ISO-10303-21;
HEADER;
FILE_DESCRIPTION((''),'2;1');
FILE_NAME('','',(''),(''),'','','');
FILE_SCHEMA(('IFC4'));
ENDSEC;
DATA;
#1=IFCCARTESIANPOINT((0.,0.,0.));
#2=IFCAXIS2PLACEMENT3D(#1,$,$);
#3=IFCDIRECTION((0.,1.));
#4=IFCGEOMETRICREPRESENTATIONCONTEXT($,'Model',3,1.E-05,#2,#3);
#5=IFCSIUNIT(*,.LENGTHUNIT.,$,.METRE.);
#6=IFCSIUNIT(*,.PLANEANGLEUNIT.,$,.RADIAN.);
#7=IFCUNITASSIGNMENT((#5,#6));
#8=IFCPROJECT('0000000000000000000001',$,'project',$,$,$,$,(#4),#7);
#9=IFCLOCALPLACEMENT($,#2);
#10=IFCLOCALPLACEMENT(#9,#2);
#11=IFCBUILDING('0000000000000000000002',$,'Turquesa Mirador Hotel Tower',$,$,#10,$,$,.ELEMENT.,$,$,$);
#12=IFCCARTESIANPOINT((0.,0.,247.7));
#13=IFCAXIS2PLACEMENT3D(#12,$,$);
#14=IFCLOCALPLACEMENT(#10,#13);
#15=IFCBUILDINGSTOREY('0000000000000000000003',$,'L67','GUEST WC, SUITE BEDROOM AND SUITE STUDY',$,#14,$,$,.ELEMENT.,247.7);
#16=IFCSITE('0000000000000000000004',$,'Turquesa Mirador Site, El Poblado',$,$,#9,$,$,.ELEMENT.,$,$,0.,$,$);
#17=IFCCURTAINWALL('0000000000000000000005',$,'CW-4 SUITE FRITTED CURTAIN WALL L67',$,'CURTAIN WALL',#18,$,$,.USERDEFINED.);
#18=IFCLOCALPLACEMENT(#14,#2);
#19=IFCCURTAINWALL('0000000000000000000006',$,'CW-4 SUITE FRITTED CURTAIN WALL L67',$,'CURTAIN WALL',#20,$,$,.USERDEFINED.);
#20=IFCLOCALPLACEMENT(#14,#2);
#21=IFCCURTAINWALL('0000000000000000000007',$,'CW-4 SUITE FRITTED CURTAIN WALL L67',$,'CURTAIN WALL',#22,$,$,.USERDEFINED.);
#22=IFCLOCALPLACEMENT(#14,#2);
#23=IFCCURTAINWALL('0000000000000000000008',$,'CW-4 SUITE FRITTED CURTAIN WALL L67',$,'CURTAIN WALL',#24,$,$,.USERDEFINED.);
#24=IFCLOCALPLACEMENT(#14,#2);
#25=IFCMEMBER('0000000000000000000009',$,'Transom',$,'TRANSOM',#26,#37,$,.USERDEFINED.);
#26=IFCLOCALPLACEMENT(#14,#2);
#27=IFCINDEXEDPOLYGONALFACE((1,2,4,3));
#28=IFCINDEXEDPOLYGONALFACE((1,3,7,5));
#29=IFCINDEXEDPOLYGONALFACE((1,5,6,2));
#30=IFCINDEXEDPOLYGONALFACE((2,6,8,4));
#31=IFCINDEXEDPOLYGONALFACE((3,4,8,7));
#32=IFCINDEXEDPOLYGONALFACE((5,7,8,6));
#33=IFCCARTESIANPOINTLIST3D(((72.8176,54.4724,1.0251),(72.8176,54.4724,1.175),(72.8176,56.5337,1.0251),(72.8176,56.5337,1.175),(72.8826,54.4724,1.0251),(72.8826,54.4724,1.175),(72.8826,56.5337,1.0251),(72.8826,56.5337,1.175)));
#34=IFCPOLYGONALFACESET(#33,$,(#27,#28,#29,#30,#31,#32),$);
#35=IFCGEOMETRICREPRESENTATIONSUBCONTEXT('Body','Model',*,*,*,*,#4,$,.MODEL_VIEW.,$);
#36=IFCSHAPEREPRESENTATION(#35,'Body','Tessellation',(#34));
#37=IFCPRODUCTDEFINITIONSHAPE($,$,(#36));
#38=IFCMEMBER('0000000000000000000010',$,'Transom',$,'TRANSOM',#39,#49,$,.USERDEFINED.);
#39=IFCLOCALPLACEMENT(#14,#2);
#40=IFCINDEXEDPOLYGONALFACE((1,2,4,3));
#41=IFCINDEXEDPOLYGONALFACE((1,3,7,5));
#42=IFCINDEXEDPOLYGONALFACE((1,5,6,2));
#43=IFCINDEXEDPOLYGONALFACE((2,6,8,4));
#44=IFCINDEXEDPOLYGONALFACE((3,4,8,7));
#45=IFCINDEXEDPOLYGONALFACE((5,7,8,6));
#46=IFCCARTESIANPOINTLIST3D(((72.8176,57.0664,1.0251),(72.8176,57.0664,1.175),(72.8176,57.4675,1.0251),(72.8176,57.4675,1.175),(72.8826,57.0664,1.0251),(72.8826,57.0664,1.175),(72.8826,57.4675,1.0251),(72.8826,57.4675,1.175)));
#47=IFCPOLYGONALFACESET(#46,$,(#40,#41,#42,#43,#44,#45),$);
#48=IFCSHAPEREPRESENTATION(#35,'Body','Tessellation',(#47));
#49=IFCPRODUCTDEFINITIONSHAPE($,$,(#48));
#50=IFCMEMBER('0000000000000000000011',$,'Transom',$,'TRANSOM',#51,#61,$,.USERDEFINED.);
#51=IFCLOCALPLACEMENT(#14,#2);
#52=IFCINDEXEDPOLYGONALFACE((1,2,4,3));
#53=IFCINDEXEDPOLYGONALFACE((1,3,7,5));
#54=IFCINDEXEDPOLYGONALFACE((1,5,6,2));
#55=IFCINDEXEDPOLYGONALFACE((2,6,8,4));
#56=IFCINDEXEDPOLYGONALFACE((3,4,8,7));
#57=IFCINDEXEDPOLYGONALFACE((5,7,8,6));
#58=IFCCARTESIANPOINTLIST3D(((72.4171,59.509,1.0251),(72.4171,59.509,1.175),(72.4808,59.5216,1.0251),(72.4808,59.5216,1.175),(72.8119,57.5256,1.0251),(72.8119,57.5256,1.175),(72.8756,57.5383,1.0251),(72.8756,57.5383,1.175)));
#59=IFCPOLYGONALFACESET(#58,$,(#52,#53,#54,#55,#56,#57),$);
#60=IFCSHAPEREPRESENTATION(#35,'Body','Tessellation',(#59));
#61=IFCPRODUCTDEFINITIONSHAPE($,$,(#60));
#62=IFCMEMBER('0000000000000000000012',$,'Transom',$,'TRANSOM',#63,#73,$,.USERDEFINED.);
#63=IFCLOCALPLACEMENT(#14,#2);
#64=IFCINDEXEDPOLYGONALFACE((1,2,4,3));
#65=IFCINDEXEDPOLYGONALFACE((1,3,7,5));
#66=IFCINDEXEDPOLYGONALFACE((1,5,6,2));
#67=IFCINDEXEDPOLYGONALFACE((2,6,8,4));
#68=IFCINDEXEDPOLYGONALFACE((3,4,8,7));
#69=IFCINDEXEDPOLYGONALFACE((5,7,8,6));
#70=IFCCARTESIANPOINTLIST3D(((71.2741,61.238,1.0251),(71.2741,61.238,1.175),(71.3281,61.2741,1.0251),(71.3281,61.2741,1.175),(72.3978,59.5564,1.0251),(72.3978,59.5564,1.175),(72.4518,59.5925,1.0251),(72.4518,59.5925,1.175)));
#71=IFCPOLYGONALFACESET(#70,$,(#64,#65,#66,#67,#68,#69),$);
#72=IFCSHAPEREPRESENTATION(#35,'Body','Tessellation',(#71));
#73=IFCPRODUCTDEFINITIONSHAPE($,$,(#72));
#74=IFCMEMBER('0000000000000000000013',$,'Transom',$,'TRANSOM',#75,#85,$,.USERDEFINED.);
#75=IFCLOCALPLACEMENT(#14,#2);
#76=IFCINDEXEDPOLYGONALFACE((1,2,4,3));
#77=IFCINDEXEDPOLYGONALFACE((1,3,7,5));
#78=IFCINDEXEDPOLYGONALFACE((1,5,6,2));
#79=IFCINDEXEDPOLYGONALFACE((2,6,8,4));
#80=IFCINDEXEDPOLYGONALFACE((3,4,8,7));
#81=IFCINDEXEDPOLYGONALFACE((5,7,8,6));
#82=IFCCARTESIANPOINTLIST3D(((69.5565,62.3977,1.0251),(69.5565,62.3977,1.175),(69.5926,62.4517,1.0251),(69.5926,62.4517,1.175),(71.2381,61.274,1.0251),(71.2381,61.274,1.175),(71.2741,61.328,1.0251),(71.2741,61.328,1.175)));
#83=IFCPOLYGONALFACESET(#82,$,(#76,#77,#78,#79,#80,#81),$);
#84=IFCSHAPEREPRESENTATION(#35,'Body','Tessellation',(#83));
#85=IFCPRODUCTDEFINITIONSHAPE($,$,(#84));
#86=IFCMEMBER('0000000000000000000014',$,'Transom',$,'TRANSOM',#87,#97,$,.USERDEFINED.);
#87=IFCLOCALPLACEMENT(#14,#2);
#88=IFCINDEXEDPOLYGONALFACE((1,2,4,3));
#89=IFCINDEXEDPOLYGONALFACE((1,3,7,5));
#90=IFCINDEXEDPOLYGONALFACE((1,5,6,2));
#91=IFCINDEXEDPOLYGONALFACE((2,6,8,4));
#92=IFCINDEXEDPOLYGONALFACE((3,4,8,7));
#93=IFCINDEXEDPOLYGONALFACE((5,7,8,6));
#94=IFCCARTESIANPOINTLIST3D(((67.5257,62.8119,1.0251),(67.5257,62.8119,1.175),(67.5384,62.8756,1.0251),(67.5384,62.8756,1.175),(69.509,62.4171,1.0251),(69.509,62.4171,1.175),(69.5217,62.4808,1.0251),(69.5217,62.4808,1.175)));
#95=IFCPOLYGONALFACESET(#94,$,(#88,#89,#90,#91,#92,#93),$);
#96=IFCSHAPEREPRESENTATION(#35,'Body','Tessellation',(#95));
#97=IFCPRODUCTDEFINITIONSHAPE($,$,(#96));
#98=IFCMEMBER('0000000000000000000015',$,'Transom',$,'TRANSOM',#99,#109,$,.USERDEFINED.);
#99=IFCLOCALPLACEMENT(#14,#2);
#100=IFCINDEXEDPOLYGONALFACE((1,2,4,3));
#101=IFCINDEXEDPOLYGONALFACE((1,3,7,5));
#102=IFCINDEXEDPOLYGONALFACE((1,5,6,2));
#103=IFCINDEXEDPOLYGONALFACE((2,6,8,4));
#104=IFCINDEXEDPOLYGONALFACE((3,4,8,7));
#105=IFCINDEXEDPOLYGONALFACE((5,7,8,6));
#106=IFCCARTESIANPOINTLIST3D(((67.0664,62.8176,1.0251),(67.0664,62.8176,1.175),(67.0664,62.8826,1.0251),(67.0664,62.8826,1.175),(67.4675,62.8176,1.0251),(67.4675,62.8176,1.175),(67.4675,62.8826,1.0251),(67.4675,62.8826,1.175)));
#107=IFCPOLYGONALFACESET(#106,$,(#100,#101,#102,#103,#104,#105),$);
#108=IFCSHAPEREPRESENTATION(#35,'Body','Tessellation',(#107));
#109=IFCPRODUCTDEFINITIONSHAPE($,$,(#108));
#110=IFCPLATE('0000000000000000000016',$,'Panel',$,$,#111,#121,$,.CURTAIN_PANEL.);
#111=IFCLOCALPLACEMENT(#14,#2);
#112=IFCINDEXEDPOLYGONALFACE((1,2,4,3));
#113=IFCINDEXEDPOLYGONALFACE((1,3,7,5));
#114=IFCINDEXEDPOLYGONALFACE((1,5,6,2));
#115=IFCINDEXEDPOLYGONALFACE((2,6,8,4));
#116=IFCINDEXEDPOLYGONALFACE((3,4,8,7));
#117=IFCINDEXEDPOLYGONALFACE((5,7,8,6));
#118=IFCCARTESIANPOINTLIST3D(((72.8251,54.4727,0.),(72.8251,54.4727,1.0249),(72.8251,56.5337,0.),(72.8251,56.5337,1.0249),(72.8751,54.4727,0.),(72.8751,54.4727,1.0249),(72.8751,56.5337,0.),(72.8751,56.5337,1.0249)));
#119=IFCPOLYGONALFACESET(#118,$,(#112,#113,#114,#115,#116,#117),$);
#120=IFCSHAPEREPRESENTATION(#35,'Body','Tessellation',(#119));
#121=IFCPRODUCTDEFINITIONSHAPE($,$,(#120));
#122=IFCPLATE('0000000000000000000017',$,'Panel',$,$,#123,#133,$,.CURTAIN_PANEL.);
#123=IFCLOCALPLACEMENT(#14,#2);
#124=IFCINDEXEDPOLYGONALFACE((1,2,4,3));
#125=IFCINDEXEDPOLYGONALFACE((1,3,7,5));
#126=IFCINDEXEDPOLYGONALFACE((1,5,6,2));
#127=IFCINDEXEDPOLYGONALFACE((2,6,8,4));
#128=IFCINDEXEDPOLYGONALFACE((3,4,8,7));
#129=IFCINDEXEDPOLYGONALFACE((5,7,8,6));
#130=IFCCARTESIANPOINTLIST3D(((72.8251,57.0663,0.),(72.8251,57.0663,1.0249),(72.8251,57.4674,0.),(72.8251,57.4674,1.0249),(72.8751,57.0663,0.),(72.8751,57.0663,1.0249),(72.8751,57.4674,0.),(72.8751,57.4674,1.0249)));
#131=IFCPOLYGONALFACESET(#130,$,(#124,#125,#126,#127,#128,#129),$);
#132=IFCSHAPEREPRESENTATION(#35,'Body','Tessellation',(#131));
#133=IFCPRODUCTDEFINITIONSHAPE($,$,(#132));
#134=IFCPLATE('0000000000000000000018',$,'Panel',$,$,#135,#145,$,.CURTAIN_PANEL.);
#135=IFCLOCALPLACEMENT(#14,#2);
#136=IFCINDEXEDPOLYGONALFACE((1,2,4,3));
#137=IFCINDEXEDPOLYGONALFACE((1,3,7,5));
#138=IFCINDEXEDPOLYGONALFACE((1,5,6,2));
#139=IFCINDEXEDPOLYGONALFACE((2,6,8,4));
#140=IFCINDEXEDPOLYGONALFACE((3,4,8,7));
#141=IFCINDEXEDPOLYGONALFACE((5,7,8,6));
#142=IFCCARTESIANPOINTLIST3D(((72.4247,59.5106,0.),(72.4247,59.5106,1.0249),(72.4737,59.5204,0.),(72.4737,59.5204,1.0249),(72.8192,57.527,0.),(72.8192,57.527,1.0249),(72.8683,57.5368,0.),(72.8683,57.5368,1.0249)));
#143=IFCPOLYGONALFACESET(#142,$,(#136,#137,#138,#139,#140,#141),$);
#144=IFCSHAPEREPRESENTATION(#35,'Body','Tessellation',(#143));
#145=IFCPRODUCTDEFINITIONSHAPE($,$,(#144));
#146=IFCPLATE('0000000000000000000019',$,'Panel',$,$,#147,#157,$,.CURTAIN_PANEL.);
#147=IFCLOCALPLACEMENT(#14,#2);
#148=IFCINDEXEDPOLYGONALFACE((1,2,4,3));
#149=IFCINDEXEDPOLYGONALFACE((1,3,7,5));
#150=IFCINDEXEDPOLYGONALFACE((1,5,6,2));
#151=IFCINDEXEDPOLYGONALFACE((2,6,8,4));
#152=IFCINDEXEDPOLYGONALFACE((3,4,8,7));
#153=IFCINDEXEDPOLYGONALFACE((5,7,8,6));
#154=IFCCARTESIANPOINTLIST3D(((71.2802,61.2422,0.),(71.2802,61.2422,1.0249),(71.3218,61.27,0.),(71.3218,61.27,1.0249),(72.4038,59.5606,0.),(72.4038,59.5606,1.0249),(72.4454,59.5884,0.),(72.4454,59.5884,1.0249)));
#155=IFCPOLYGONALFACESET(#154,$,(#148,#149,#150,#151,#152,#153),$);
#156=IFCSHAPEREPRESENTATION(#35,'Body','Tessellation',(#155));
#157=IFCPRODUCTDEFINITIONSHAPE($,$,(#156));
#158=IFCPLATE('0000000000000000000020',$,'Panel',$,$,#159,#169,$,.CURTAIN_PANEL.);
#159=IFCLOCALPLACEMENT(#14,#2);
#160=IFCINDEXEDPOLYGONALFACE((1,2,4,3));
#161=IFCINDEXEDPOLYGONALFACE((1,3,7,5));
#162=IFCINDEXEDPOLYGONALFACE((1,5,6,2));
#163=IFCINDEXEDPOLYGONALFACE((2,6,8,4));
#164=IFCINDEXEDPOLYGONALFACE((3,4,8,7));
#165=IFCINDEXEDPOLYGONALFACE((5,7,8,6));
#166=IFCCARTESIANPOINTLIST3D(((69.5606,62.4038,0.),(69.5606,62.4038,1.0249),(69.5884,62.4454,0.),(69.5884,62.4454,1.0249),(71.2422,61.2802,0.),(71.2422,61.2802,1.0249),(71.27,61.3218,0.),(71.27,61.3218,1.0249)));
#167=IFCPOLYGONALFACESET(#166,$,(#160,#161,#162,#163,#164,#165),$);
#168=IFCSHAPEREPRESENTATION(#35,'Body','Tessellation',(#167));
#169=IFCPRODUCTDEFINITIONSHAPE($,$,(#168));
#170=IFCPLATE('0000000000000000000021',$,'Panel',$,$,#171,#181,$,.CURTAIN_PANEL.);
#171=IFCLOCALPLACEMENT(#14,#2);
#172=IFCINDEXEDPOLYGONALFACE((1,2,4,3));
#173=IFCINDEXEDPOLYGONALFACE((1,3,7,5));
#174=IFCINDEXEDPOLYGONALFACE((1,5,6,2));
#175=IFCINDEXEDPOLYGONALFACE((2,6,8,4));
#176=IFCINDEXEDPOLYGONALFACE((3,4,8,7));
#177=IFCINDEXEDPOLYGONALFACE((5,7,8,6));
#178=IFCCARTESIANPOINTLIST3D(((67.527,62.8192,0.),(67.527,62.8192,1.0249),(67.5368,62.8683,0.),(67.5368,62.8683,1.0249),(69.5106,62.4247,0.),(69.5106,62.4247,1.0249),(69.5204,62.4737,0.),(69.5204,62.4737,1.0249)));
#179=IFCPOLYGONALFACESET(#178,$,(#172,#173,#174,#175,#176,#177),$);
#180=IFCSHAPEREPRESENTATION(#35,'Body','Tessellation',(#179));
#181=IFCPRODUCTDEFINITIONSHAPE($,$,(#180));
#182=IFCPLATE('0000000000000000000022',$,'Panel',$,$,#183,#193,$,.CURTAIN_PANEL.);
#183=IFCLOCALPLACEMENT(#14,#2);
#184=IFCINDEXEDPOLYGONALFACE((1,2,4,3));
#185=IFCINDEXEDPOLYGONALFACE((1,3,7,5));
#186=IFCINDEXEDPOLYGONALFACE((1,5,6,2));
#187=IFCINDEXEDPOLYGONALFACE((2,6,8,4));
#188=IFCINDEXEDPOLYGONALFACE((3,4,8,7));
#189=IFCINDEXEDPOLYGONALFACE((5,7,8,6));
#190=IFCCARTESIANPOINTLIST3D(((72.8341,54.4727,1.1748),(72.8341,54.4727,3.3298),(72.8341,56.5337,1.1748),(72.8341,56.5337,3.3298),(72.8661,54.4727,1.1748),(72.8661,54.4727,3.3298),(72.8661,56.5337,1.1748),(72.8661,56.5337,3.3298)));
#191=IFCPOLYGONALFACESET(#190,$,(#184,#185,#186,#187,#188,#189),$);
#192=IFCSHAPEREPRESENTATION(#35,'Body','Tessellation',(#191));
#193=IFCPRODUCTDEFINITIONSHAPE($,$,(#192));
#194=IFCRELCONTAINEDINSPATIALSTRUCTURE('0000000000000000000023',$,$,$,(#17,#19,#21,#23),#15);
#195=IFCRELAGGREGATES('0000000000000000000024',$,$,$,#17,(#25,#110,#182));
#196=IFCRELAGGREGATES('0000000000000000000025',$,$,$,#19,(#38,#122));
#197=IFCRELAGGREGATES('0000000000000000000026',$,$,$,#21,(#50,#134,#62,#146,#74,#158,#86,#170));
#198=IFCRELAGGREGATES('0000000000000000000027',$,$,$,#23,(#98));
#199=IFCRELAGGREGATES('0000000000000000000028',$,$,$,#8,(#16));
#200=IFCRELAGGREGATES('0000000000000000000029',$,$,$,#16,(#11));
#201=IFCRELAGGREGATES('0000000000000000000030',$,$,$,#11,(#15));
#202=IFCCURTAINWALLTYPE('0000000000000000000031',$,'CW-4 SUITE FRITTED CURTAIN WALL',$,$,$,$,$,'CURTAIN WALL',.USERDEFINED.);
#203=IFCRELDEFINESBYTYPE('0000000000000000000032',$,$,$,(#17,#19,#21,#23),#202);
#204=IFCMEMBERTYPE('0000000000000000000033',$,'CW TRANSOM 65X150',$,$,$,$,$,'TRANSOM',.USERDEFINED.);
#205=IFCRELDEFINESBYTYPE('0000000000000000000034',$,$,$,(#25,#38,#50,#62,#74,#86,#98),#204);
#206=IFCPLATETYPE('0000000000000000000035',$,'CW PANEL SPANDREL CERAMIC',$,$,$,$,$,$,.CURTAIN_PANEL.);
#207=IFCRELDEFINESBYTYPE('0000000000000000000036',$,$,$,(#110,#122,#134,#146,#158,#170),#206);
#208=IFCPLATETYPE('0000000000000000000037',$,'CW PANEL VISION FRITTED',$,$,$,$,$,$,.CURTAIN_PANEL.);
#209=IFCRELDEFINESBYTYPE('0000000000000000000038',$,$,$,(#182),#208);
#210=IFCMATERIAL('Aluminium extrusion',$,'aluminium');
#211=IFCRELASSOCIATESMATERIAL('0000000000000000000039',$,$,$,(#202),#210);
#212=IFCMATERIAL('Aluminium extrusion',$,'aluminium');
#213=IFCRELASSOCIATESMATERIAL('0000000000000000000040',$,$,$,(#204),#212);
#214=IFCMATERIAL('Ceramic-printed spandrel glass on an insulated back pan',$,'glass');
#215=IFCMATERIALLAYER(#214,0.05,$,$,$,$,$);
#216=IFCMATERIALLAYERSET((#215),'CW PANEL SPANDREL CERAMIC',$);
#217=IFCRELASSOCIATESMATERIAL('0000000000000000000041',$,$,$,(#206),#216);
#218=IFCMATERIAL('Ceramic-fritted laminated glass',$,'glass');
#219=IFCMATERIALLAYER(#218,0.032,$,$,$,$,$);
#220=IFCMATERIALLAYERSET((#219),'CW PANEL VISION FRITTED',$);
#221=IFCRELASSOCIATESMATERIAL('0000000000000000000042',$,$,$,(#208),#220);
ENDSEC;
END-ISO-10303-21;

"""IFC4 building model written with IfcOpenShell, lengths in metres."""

from ifc_helpers import new_model, si_unit, direction, frame, origin, origin_2d, place, context, subcontext, project, spatial, rectangle, extrude, material, layer, layer_set, material_profile, profile_set, type_object, element, aggregate, save


model = new_model("IFC4")

# Units and contexts
model_context = context("Model", 3, precision=1e-05, world=origin(), true_north=direction((0.0, 1.0)))
body_context = subcontext(model_context, "Body", "Model", "MODEL_VIEW")
ifc_project = project(units=[si_unit("LENGTHUNIT", "METRE"), si_unit("PLANEANGLEUNIT", "RADIAN")], contexts=[model_context])

# Site, building, storey
site_placement = place(None, origin())
site = spatial("IfcSite", under=ifc_project, at=site_placement, Name="Turquesa Mirador Site, El Poblado", CompositionType="ELEMENT", RefElevation=0.0)
building_placement = place(site_placement, origin())
building = spatial("IfcBuilding", under=site, at=building_placement, Name="Turquesa Mirador Hotel Tower", CompositionType="ELEMENT")
storey_placement = place(building_placement, frame((0.0, 0.0, 247.7)))
storey = spatial("IfcBuildingStorey", under=building, at=storey_placement, Name="L67", Description="GUEST WC, SUITE BEDROOM AND SUITE STUDY", CompositionType="ELEMENT", Elevation=247.7)

# Curtain wall
ifc_material_1 = material(Name="Aluminium extrusion", Category="aluminium")
curtain_wall_type = type_object("IfcCurtainWallType", Name="CW-4 SUITE FRITTED CURTAIN WALL", ElementType="CURTAIN WALL", PredefinedType="USERDEFINED", material=ifc_material_1)
curtain_wall_1_placement = place(storey_placement, origin())
curtain_wall_1 = element("IfcCurtainWall", 1, at=curtain_wall_1_placement, inside=storey, type_object=curtain_wall_type, Name="CW-4 SUITE FRITTED CURTAIN WALL L67", ObjectType="CURTAIN WALL", PredefinedType="USERDEFINED")

# Curtain walls
curtain_wall_2_placement = place(storey_placement, origin())
curtain_wall_2 = element("IfcCurtainWall", 2, at=curtain_wall_2_placement, inside=storey, type_object=curtain_wall_type, Name="CW-4 SUITE FRITTED CURTAIN WALL L67", ObjectType="CURTAIN WALL", PredefinedType="USERDEFINED")
curtain_wall_3_placement = place(storey_placement, origin())
curtain_wall_3 = element("IfcCurtainWall", 3, at=curtain_wall_3_placement, inside=storey, type_object=curtain_wall_type, Name="CW-4 SUITE FRITTED CURTAIN WALL L67", ObjectType="CURTAIN WALL", PredefinedType="USERDEFINED")

# Curtain wall
curtain_wall_4_placement = place(storey_placement, origin())
curtain_wall_4 = element("IfcCurtainWall", 4, at=curtain_wall_4_placement, inside=storey, type_object=curtain_wall_type, Name="CW-4 SUITE FRITTED CURTAIN WALL L67", ObjectType="CURTAIN WALL", PredefinedType="USERDEFINED")

# Members
ifc_material_2 = material(Name="Aluminium extrusion", Category="aluminium")
ifc_material_profile_1 = material_profile(ifc_material_2, rectangle(XDim=0.0649, YDim=0.1499, at=origin_2d()), Name="TRANSOM 65X150")
ifc_profile_set_1 = profile_set([ifc_material_profile_1], Name="Aluminium extrusion")
member_type_1 = type_object("IfcMemberType", Name="CW TRANSOM 65X150", ElementType="TRANSOM", PredefinedType="USERDEFINED", material=ifc_profile_set_1)
member_1_placement = place(storey_placement, frame((72.8501, 54.4724, 1.1001), z_axis=(0.0, 1.0, 0.0), x_axis=(-1.0, 0.0, 0.0)))
member_1 = element("IfcMember", 5, at=member_1_placement, type_object=member_type_1, Name="Transom", ObjectType="TRANSOM", PredefinedType="USERDEFINED", context=body_context, shape_type="SweptSolid", body=[
    extrude(rectangle(XDim=0.0649, YDim=0.1499, at=origin_2d()), origin(), (0.0, 0.0, 1.0), 2.0613),
])
member_2_placement = place(storey_placement, frame((72.8501, 57.0664, 1.1001), z_axis=(0.0, 1.0, 0.0), x_axis=(-1.0, 0.0, 0.0)))
member_2 = element("IfcMember", 6, at=member_2_placement, type_object=member_type_1, Name="Transom", ObjectType="TRANSOM", PredefinedType="USERDEFINED", context=body_context, shape_type="SweptSolid", body=[
    extrude(rectangle(XDim=0.0649, YDim=0.1499, at=origin_2d()), origin(), (0.0, 0.0, 1.0), 0.4011),
])
member_3_placement = place(storey_placement, frame((72.8438, 57.532, 1.1001), z_axis=(-0.195211, 0.980761, 0.0), x_axis=(-0.980761, -0.195211, 0.0)))
member_3 = element("IfcMember", 7, at=member_3_placement, type_object=member_type_1, Name="Transom", ObjectType="TRANSOM", PredefinedType="USERDEFINED", context=body_context, shape_type="SweptSolid", body=[
    extrude(rectangle(XDim=0.0649, YDim=0.1499, at=origin_2d()), origin(), (0.0, 0.0, 1.0), 2.0222),
])
member_4_placement = place(storey_placement, frame((72.4248, 59.5745, 1.1001), z_axis=(-0.555619, 0.831437, 0.0), x_axis=(-0.831437, -0.555619, 0.0)))
member_4 = element("IfcMember", 8, at=member_4_placement, type_object=member_type_1, Name="Transom", ObjectType="TRANSOM", PredefinedType="USERDEFINED", context=body_context, shape_type="SweptSolid", body=[
    extrude(rectangle(XDim=0.0649, YDim=0.1499, at=origin_2d()), origin(), (0.0, 0.0, 1.0), 2.0225),
])
member_5_placement = place(storey_placement, frame((71.2561, 61.301, 1.1001), z_axis=(-0.831437, 0.555619, 0.0), x_axis=(-0.555619, -0.831437, 0.0)))
member_5 = element("IfcMember", 9, at=member_5_placement, type_object=member_type_1, Name="Transom", ObjectType="TRANSOM", PredefinedType="USERDEFINED", context=body_context, shape_type="SweptSolid", body=[
    extrude(rectangle(XDim=0.0649, YDim=0.1499, at=origin_2d()), origin(), (0.0, 0.0, 1.0), 2.0225),
])
member_6_placement = place(storey_placement, frame((69.5154, 62.449, 1.1001), z_axis=(-0.980761, 0.195211, 0.0), x_axis=(-0.195211, -0.980761, 0.0)))
member_6 = element("IfcMember", 10, at=member_6_placement, type_object=member_type_1, Name="Transom", ObjectType="TRANSOM", PredefinedType="USERDEFINED", context=body_context, shape_type="SweptSolid", body=[
    extrude(rectangle(XDim=0.0649, YDim=0.1499, at=origin_2d()), origin(), (0.0, 0.0, 1.0), 2.0222),
])
member_7_placement = place(storey_placement, frame((67.4675, 62.8501, 1.1001), z_axis=(-1.0, 0.0, 0.0), x_axis=(0.0, -1.0, 0.0)))
member_7 = element("IfcMember", 11, at=member_7_placement, type_object=member_type_1, Name="Transom", ObjectType="TRANSOM", PredefinedType="USERDEFINED", context=body_context, shape_type="SweptSolid", body=[
    extrude(rectangle(XDim=0.0649, YDim=0.1499, at=origin_2d()), origin(), (0.0, 0.0, 1.0), 0.4011),
])

# Plates
ifc_material_3 = material(Name="Ceramic-printed spandrel glass on an insulated back pan", Category="glass")
ifc_layer_1 = layer(ifc_material_3, 0.05)
ifc_layer_set_1 = layer_set([ifc_layer_1], Name="CW PANEL SPANDREL CERAMIC")
plate_type_1 = type_object("IfcPlateType", Name="CW PANEL SPANDREL CERAMIC", PredefinedType="CURTAIN_PANEL", material=ifc_layer_set_1)
plate_1_placement = place(storey_placement, frame((72.8501, 55.5032, 0.0), z_axis=(0.0, 0.0, 1.0), x_axis=(0.0, 1.0, 0.0)))
plate_1 = element("IfcPlate", 12, at=plate_1_placement, type_object=plate_type_1, Name="Panel", PredefinedType="CURTAIN_PANEL", context=body_context, shape_type="SweptSolid", body=[
    extrude(rectangle(XDim=2.061, YDim=0.05, at=origin_2d()), origin(), (0.0, 0.0, 1.0), 1.0249),
])
plate_2_placement = place(storey_placement, frame((72.8501, 57.2668, 0.0), z_axis=(0.0, 0.0, 1.0), x_axis=(0.0, 1.0, 0.0)))
plate_2 = element("IfcPlate", 13, at=plate_2_placement, type_object=plate_type_1, Name="Panel", PredefinedType="CURTAIN_PANEL", context=body_context, shape_type="SweptSolid", body=[
    extrude(rectangle(XDim=0.4011, YDim=0.05, at=origin_2d()), origin(), (0.0, 0.0, 1.0), 1.0249),
])
plate_3_placement = place(storey_placement, frame((72.6465, 58.5237, 0.0), z_axis=(0.0, 0.0, 1.0), x_axis=(-0.195091, 0.980785, 0.0)))
plate_3 = element("IfcPlate", 14, at=plate_3_placement, type_object=plate_type_1, Name="Panel", PredefinedType="CURTAIN_PANEL", context=body_context, shape_type="SweptSolid", body=[
    extrude(rectangle(XDim=2.0225, YDim=0.05, at=origin_2d()), origin(), (0.0, 0.0, 1.0), 1.0249),
])
plate_4_placement = place(storey_placement, frame((71.8628, 60.4153, 0.0), z_axis=(0.0, 0.0, 1.0), x_axis=(-0.55557, 0.83147, 0.0)))
plate_4 = element("IfcPlate", 15, at=plate_4_placement, type_object=plate_type_1, Name="Panel", PredefinedType="CURTAIN_PANEL", context=body_context, shape_type="SweptSolid", body=[
    extrude(rectangle(XDim=2.0225, YDim=0.05, at=origin_2d()), origin(), (0.0, 0.0, 1.0), 1.0249),
])
plate_5_placement = place(storey_placement, frame((70.4153, 61.8628, 0.0), z_axis=(0.0, 0.0, 1.0), x_axis=(-0.83147, 0.55557, 0.0)))
plate_5 = element("IfcPlate", 16, at=plate_5_placement, type_object=plate_type_1, Name="Panel", PredefinedType="CURTAIN_PANEL", context=body_context, shape_type="SweptSolid", body=[
    extrude(rectangle(XDim=2.0225, YDim=0.05, at=origin_2d()), origin(), (0.0, 0.0, 1.0), 1.0249),
])
plate_6_placement = place(storey_placement, frame((68.5237, 62.6465, 0.0), z_axis=(0.0, 0.0, 1.0), x_axis=(-0.980785, 0.195091, 0.0)))
plate_6 = element("IfcPlate", 17, at=plate_6_placement, type_object=plate_type_1, Name="Panel", PredefinedType="CURTAIN_PANEL", context=body_context, shape_type="SweptSolid", body=[
    extrude(rectangle(XDim=2.0225, YDim=0.05, at=origin_2d()), origin(), (0.0, 0.0, 1.0), 1.0249),
])
ifc_material_4 = material(Name="Ceramic-fritted laminated glass", Category="glass")
ifc_layer_2 = layer(ifc_material_4, 0.032)
ifc_layer_set_2 = layer_set([ifc_layer_2], Name="CW PANEL VISION FRITTED")
plate_type_2 = type_object("IfcPlateType", Name="CW PANEL VISION FRITTED", PredefinedType="CURTAIN_PANEL", material=ifc_layer_set_2)
plate_7_placement = place(storey_placement, frame((72.8501, 55.5032, 1.1748), z_axis=(0.0, 0.0, 1.0), x_axis=(0.0, 1.0, 0.0)))
plate_7 = element("IfcPlate", 18, at=plate_7_placement, type_object=plate_type_2, Name="Panel", PredefinedType="CURTAIN_PANEL", context=body_context, shape_type="SweptSolid", body=[
    extrude(rectangle(XDim=2.061, YDim=0.032, at=origin_2d()), origin(), (0.0, 0.0, 1.0), 2.155),
])
aggregate(curtain_wall_1, [member_1, plate_1, plate_7])
aggregate(curtain_wall_2, [member_2, plate_2])
aggregate(curtain_wall_3, [member_3, plate_3, member_4, plate_4, member_5, plate_5, member_6, plate_6])
aggregate(curtain_wall_4, [member_7])

save(model, "model.ifc")
